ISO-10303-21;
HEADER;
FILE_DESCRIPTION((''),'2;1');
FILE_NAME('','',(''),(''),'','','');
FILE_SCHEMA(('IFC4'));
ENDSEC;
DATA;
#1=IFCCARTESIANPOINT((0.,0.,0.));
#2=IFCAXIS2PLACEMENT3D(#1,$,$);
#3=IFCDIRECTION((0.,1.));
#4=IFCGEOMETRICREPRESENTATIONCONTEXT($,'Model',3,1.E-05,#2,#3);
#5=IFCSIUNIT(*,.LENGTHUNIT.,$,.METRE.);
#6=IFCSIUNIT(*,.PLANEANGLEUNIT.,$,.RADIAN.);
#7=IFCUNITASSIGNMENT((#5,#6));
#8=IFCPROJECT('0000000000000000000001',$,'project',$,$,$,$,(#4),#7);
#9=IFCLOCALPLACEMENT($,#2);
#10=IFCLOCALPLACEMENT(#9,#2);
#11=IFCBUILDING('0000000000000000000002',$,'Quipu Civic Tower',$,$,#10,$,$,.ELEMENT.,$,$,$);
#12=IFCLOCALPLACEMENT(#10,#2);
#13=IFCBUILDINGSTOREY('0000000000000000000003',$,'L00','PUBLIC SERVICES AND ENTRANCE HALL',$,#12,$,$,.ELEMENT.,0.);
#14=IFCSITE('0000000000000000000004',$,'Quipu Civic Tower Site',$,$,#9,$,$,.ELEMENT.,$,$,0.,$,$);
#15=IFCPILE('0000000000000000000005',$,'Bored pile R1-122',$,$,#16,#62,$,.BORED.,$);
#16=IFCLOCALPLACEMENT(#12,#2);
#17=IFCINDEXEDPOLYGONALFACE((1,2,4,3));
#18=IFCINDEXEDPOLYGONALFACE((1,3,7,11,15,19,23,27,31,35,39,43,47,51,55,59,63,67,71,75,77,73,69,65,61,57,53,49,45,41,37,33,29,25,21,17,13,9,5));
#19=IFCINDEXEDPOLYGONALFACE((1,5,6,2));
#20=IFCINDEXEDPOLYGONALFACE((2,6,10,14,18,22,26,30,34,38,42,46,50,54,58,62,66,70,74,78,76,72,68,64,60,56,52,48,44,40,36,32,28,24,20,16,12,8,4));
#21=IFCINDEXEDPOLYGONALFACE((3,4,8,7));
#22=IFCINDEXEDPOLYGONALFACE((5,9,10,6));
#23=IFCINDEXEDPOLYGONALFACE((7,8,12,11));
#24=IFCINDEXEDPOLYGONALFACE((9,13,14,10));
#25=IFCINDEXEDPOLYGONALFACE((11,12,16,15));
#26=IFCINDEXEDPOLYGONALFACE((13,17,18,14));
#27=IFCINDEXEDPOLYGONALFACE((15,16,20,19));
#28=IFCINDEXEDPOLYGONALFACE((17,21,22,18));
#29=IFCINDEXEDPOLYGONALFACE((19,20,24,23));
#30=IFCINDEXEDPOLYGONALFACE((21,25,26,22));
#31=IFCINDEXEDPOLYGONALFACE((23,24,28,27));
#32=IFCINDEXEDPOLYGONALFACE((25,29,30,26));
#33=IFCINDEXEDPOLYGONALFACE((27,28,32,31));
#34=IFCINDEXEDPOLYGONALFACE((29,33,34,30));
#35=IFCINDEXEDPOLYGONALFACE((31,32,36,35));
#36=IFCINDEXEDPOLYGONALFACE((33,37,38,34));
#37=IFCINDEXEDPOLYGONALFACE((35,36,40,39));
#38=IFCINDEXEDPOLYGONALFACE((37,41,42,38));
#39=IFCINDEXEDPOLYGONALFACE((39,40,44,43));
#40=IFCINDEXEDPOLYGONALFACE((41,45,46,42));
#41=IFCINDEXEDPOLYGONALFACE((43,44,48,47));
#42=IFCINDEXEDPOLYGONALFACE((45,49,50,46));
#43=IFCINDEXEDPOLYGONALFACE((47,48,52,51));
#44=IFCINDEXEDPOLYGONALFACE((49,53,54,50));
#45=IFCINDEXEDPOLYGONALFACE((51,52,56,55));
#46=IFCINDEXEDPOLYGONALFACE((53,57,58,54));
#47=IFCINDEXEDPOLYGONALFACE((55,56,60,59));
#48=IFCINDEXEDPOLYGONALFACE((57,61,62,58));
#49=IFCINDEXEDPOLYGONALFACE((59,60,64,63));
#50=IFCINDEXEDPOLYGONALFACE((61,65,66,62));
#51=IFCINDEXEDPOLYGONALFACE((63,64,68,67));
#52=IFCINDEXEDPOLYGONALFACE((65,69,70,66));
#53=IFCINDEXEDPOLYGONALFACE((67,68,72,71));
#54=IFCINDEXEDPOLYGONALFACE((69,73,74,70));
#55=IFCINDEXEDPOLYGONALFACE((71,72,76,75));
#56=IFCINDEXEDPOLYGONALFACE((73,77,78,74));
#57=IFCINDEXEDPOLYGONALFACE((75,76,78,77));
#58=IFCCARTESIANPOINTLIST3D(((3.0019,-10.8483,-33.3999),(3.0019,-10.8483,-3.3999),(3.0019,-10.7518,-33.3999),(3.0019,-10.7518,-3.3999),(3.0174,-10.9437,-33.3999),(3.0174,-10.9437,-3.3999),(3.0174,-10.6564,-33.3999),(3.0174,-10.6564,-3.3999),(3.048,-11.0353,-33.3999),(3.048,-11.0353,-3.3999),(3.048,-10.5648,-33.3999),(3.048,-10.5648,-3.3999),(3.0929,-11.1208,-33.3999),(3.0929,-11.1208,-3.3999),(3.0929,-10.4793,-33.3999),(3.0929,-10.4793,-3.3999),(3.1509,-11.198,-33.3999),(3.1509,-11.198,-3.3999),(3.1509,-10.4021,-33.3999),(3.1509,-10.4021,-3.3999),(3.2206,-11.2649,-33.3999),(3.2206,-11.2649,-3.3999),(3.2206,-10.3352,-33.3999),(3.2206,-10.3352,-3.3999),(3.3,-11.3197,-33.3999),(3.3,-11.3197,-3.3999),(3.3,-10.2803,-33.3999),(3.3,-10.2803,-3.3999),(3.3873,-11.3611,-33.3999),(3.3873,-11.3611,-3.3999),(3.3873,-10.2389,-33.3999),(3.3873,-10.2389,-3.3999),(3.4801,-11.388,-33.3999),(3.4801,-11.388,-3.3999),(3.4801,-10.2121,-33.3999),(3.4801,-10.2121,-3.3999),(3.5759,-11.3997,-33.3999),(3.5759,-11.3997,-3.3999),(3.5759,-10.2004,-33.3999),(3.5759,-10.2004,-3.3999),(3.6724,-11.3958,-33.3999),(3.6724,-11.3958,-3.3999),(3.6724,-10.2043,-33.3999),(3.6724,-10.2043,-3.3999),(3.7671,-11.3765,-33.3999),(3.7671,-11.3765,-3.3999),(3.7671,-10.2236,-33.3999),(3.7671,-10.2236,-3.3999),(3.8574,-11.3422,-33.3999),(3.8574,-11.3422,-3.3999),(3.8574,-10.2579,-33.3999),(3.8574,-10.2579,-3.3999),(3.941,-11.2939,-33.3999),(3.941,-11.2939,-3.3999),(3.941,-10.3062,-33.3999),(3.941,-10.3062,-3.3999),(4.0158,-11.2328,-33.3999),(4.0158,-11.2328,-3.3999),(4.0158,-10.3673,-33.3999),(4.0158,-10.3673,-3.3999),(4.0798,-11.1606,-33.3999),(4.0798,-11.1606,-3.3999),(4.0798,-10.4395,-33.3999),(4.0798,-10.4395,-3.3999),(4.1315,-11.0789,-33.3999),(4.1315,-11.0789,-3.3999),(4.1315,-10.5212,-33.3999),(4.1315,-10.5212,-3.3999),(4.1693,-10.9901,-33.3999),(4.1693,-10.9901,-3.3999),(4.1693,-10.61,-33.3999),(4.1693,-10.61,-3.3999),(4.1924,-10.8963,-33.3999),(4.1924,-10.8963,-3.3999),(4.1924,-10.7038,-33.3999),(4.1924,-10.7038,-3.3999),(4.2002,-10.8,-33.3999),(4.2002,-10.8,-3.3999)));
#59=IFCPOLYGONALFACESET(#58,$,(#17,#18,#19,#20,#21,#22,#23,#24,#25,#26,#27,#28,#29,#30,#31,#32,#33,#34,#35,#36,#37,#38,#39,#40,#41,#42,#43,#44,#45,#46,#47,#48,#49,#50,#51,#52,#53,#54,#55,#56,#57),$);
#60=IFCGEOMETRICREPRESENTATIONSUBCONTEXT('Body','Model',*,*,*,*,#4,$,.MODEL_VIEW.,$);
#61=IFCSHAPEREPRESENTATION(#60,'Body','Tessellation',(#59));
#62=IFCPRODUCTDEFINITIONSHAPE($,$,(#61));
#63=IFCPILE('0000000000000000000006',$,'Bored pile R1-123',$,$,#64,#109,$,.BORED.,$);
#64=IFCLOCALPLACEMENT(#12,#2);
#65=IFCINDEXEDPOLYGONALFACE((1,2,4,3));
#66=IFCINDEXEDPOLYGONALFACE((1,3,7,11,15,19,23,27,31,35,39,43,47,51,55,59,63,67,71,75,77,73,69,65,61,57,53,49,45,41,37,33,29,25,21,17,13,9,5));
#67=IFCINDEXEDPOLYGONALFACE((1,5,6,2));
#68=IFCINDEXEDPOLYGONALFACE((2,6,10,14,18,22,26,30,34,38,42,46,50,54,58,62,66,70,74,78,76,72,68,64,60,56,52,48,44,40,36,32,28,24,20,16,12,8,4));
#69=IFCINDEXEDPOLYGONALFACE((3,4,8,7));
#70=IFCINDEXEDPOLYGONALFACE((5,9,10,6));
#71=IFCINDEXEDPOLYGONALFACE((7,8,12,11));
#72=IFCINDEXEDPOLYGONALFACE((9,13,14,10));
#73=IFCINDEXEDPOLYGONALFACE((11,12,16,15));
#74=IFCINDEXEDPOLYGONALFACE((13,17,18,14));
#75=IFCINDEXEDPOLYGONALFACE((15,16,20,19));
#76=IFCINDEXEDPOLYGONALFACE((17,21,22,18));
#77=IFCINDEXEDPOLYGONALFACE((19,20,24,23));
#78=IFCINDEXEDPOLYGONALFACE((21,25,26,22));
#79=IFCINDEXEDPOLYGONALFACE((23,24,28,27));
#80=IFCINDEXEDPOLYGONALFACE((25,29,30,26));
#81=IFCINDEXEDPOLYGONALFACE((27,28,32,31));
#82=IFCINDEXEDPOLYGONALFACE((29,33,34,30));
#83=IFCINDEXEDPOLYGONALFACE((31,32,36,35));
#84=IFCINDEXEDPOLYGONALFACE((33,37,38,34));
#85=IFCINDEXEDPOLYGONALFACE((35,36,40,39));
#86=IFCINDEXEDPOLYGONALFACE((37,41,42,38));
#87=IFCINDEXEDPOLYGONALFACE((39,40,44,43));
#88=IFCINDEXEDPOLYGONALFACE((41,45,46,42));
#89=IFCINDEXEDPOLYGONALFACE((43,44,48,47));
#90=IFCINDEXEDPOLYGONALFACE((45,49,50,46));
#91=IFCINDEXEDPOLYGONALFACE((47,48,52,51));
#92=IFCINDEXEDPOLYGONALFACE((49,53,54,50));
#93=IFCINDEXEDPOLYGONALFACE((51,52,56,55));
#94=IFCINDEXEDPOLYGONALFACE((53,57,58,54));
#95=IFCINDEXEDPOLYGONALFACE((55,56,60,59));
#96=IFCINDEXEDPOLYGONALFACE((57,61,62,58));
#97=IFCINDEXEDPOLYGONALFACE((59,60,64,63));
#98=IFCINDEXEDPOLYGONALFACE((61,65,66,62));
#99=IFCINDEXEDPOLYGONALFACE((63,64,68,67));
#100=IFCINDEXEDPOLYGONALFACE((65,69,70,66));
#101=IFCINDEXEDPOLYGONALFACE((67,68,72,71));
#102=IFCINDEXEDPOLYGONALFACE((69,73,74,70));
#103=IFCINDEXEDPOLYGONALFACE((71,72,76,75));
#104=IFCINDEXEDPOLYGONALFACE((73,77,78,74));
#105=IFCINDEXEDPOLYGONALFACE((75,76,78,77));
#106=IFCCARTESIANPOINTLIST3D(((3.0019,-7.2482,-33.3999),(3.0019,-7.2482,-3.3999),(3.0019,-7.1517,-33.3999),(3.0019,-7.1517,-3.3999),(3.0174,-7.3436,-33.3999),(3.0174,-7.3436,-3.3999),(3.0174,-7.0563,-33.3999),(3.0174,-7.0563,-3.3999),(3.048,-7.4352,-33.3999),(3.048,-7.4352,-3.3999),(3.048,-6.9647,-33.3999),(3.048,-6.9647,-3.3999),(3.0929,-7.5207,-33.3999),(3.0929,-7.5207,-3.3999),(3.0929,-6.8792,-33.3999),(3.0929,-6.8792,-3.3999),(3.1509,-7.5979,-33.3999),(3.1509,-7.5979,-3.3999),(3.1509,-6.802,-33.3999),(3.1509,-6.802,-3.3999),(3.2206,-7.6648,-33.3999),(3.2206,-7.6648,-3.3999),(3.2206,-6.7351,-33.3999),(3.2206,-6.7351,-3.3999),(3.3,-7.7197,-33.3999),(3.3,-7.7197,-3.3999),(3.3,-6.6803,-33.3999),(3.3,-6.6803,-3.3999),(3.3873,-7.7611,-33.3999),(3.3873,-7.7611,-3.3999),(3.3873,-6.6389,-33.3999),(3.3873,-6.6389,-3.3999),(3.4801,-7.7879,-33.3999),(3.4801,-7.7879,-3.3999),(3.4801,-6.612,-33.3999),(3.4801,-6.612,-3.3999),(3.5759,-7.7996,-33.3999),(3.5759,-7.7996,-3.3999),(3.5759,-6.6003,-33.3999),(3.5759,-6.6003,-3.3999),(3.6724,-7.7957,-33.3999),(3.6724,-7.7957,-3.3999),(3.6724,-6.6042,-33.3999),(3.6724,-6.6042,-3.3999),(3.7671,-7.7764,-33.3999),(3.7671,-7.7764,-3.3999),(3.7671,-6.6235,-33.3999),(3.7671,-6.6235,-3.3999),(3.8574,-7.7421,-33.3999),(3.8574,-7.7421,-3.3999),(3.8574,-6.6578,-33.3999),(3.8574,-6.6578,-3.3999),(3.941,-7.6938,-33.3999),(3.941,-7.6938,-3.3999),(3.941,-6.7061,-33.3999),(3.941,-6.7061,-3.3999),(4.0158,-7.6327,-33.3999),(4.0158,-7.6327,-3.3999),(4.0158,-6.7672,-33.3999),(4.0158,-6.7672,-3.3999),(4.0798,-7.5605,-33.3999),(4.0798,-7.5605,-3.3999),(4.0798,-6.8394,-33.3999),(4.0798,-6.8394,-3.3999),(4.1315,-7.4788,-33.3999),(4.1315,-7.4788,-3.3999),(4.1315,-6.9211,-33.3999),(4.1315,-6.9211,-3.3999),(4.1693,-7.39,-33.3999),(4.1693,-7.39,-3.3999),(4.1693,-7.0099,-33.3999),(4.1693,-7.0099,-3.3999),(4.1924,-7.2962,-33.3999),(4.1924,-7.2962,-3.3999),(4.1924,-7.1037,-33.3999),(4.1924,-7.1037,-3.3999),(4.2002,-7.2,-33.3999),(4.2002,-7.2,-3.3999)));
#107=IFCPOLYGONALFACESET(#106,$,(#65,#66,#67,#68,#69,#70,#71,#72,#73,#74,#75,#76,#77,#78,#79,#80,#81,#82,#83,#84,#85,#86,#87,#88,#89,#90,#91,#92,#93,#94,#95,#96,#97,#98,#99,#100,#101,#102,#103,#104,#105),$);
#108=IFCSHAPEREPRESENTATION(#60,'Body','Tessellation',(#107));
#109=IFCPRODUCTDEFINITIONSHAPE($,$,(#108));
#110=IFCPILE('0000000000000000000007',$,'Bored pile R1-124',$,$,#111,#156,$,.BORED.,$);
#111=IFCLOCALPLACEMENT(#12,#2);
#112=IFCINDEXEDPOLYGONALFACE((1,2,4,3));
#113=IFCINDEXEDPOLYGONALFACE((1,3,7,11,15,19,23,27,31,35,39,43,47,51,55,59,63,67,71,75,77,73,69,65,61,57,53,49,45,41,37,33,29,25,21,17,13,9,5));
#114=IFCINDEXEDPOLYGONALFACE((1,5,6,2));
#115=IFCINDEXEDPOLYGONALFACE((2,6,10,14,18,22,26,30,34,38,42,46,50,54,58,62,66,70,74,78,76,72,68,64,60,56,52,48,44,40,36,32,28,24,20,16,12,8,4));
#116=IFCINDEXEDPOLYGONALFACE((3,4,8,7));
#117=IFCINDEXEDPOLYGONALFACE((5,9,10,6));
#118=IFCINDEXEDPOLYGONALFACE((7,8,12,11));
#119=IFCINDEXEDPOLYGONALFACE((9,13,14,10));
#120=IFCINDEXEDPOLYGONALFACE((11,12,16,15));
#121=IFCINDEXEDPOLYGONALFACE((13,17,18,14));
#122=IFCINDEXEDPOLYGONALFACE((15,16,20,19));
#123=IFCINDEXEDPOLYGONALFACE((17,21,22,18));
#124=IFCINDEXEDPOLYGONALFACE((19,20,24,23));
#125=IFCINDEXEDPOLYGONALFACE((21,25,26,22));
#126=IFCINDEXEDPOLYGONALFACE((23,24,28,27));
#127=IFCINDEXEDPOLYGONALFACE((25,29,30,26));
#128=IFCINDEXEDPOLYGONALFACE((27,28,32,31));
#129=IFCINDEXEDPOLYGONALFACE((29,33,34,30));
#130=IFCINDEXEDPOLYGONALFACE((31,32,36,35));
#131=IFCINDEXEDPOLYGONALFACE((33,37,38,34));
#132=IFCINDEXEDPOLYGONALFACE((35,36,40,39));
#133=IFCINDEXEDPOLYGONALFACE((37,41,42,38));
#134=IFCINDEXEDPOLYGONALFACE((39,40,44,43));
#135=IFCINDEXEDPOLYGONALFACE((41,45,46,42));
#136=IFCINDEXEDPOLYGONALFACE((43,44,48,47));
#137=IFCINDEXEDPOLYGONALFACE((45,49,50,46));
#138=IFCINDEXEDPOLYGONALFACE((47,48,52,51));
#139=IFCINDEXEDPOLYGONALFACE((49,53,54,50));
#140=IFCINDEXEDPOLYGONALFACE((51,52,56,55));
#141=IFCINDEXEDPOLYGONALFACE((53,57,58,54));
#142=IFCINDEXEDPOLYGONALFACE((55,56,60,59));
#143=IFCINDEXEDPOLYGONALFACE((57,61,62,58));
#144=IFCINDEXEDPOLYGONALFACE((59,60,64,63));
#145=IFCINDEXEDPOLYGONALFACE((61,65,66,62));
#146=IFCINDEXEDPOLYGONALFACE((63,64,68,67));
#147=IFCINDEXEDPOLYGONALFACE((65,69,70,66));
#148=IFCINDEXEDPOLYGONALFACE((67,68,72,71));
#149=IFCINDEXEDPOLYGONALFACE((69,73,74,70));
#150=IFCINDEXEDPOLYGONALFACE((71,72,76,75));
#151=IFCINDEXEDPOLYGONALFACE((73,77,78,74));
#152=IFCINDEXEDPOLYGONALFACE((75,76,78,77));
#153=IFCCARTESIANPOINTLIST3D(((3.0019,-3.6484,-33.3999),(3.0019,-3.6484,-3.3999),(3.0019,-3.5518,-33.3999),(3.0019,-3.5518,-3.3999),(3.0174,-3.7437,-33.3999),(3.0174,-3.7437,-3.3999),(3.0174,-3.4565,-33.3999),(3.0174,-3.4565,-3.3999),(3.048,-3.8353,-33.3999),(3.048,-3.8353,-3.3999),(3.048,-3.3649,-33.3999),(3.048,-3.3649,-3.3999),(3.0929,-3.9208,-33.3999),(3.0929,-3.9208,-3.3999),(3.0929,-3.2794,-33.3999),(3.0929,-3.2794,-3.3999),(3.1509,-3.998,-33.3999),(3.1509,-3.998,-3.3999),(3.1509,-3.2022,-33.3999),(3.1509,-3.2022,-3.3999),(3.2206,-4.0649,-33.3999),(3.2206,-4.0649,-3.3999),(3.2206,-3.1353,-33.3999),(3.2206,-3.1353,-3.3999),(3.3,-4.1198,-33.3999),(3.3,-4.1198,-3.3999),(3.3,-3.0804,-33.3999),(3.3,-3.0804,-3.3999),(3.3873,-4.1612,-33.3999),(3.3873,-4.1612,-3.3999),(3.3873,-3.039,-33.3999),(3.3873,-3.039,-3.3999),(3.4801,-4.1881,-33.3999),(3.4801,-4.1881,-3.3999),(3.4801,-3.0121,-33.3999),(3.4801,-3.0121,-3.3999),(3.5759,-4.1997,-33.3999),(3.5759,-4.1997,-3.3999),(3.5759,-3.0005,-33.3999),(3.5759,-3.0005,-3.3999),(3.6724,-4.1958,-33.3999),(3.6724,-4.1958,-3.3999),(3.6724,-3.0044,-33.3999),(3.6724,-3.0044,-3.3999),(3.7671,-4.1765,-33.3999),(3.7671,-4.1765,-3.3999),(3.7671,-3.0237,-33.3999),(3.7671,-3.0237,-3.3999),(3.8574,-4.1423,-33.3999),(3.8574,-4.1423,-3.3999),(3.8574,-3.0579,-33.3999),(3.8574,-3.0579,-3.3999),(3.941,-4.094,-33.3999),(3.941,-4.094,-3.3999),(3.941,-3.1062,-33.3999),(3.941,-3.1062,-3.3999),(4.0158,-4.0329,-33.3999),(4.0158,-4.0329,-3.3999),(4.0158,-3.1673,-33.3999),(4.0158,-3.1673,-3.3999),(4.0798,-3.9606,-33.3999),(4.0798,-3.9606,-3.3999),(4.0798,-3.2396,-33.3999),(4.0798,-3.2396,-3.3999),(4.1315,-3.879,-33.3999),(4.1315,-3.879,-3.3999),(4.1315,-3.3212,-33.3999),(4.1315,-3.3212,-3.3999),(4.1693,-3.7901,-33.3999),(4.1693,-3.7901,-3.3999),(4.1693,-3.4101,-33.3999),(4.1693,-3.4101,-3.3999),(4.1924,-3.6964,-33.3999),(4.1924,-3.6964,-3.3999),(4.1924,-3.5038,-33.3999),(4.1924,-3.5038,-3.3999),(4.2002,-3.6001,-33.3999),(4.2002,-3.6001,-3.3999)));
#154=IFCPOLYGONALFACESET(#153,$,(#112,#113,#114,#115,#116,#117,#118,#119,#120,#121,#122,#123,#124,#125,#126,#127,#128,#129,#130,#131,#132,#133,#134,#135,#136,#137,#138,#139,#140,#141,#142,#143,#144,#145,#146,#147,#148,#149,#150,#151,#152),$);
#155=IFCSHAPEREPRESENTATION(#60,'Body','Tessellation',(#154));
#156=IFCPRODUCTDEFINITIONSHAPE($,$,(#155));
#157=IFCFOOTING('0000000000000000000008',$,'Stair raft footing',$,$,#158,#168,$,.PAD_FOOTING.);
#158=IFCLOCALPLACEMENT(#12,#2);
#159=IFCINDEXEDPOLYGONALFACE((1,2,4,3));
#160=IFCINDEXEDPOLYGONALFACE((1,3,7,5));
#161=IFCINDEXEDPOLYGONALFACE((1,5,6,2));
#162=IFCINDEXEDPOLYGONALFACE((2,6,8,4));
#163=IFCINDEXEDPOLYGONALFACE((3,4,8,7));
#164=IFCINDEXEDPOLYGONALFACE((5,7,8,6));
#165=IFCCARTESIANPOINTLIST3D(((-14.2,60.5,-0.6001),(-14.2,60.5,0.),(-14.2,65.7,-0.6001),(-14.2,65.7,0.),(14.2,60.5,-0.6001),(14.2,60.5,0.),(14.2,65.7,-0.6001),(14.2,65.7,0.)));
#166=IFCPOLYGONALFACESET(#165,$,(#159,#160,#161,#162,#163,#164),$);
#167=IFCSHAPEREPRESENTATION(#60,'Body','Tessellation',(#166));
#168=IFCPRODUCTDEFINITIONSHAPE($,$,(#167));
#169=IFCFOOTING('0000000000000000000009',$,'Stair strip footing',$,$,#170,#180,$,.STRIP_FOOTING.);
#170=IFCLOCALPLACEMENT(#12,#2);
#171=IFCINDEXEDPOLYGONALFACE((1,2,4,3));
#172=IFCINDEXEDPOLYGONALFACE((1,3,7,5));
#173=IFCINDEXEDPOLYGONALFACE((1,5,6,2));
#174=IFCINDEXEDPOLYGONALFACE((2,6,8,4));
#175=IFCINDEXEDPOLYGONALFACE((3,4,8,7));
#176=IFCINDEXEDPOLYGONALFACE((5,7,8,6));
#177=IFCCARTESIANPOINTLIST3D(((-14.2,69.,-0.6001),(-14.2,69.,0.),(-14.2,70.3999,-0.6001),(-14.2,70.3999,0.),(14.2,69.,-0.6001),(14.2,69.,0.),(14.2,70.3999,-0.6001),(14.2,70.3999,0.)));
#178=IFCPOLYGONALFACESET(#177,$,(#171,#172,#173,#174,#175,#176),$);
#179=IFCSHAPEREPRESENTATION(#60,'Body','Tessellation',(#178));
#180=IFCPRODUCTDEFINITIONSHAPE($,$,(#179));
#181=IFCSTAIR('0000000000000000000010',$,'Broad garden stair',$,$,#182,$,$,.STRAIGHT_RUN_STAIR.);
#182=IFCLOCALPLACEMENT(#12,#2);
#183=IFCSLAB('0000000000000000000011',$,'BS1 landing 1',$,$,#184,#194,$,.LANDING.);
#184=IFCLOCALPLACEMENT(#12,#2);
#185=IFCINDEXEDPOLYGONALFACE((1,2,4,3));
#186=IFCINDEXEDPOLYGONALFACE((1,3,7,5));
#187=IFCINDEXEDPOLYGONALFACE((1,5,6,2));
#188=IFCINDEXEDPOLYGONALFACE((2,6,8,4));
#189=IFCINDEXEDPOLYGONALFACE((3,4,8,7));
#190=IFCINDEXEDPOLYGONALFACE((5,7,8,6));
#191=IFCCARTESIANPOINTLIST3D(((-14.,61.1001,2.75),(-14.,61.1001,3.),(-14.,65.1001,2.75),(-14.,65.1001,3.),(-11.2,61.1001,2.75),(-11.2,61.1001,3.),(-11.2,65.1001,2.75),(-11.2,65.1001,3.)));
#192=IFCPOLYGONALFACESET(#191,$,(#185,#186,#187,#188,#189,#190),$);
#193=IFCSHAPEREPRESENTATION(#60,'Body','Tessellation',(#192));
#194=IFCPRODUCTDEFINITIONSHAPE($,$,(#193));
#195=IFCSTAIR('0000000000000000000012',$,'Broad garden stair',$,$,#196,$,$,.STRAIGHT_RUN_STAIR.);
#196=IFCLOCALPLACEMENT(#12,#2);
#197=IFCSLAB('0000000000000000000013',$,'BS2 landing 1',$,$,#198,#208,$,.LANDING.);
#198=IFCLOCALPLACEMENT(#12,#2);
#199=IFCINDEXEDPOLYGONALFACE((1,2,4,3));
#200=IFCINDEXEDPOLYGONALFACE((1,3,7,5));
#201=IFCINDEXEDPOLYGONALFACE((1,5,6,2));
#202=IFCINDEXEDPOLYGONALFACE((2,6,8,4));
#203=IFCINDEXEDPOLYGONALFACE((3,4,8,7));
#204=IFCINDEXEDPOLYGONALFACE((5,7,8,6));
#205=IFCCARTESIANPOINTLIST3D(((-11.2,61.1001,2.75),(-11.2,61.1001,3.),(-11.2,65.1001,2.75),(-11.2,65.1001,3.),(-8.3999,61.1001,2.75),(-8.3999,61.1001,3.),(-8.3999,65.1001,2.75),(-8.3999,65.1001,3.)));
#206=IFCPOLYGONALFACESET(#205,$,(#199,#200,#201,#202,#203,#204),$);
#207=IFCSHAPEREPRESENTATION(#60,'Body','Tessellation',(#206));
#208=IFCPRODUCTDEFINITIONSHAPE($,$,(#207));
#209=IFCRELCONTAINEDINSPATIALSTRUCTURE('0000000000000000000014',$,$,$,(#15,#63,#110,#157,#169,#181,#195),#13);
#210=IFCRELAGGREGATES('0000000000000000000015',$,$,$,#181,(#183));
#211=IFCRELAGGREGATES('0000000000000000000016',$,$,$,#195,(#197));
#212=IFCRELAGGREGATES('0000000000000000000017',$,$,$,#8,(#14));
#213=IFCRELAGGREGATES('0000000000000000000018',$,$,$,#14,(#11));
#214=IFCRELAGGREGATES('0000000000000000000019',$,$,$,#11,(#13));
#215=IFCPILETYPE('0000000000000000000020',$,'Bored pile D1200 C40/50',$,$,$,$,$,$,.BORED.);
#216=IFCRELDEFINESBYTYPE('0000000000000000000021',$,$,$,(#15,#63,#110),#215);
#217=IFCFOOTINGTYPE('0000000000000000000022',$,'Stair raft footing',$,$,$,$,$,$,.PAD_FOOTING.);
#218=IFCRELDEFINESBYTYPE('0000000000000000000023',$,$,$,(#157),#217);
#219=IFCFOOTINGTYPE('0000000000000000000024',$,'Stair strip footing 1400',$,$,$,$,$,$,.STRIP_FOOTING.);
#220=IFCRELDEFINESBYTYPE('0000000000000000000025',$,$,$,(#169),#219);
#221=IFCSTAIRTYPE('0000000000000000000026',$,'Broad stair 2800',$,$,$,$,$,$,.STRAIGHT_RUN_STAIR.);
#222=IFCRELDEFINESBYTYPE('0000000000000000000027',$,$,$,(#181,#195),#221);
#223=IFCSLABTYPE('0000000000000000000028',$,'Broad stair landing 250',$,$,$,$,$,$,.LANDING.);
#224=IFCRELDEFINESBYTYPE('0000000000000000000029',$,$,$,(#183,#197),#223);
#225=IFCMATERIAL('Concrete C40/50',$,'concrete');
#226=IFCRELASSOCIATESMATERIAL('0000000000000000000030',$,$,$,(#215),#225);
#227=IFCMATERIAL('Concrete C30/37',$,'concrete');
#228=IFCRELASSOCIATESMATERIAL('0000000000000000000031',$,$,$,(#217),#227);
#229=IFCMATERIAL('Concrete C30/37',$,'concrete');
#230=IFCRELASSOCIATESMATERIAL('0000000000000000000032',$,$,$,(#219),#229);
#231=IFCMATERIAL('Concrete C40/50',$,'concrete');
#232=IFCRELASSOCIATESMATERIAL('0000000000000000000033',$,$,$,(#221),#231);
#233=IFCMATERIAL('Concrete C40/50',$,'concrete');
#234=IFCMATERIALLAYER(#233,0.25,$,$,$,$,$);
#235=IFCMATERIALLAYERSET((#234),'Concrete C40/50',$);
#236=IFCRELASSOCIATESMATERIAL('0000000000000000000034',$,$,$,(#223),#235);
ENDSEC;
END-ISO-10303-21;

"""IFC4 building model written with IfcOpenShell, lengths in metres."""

from ifc_helpers import new_model, si_unit, direction, frame, origin, origin_2d, place, context, subcontext, project, spatial, polyline, circle, outline, extrude, material, layer, layer_set, material_profile, profile_set, type_object, element, aggregate, save


model = new_model("IFC4")

# Units and contexts
model_context = context("Model", 3, precision=1e-05, world=origin(), true_north=direction((0.0, 1.0)))
body_context = subcontext(model_context, "Body", "Model", "MODEL_VIEW")
ifc_project = project(units=[si_unit("LENGTHUNIT", "METRE"), si_unit("PLANEANGLEUNIT", "RADIAN")], contexts=[model_context])

# Site, building, storey
site_placement = place(None, origin())
site = spatial("IfcSite", under=ifc_project, at=site_placement, Name="Quipu Civic Tower Site", CompositionType="ELEMENT", RefElevation=0.0)
building_placement = place(site_placement, origin())
building = spatial("IfcBuilding", under=site, at=building_placement, Name="Quipu Civic Tower", CompositionType="ELEMENT")
storey_placement = place(building_placement, origin())
storey = spatial("IfcBuildingStorey", under=building, at=storey_placement, Name="L00", Description="PUBLIC SERVICES AND ENTRANCE HALL", CompositionType="ELEMENT", Elevation=0.0)

# Piles
ifc_material_1 = material(Name="Concrete C40/50", Category="concrete")
ifc_material_profile = material_profile(ifc_material_1, circle(Radius=0.6001, at=origin_2d()), Name="RCD1200")
ifc_profile_set = profile_set([ifc_material_profile], Name="Concrete C40/50")
pile_type = type_object("IfcPileType", Name="Bored pile D1200 C40/50", PredefinedType="BORED", material=ifc_profile_set)
for number, where, z_axis, x_axis, name in (
    (1, (3.6001, -10.8, -3.3999), (0.0, 0.0, -1.0), (1.0, 0.0, 0.0), "Bored pile R1-122"),
    (2, (3.6001, -7.2, -3.3999), (0.0, 0.0, -1.0), (1.0, 0.0, 0.0), "Bored pile R1-123"),
    (3, (3.6001, -3.6001, -3.3999), (0.0, 0.0, -1.0), (1.0, 0.0, 0.0), "Bored pile R1-124"),
):
    element("IfcPile", number, at=place(storey_placement, frame(where, z_axis=z_axis, x_axis=x_axis)), inside=storey, type_object=pile_type, Name=name, PredefinedType="BORED", context=body_context, shape_type="SweptSolid", body=[
        extrude(circle(Radius=0.6001, at=origin_2d()), origin(), (0.0, 0.0, 1.0), 30.0),
    ])

# Footings
ifc_material_2 = material(Name="Concrete C30/37", Category="concrete")
footing_type_1 = type_object("IfcFootingType", Name="Stair raft footing", PredefinedType="PAD_FOOTING", material=ifc_material_2)
footing_1_placement = place(storey_placement, frame((0.0, 0.0, -0.6001)))
element("IfcFooting", 4, at=footing_1_placement, inside=storey, type_object=footing_type_1, Name="Stair raft footing", PredefinedType="PAD_FOOTING", context=body_context, shape_type="SweptSolid", body=[
    extrude(outline(polyline([(-14.2, 60.5), (14.2, 60.5), (14.2, 65.7), (-14.2, 65.7), (-14.2, 60.5)])), origin(), (0.0, 0.0, 1.0), 0.6001),
])
ifc_material_3 = material(Name="Concrete C30/37", Category="concrete")
footing_type_2 = type_object("IfcFootingType", Name="Stair strip footing 1400", PredefinedType="STRIP_FOOTING", material=ifc_material_3)
footing_2_placement = place(storey_placement, frame((0.0, 0.0, -0.6001)))
element("IfcFooting", 5, at=footing_2_placement, inside=storey, type_object=footing_type_2, Name="Stair strip footing", PredefinedType="STRIP_FOOTING", context=body_context, shape_type="SweptSolid", body=[
    extrude(outline(polyline([(-14.2, 69.0), (14.2, 69.0), (14.2, 70.3999), (-14.2, 70.3999), (-14.2, 69.0)])), origin(), (0.0, 0.0, 1.0), 0.6001),
])

# Stairs, slabs
ifc_material_4 = material(Name="Concrete C40/50", Category="concrete")
stair_type_1 = type_object("IfcStairType", Name="Broad stair 2800", PredefinedType="STRAIGHT_RUN_STAIR", material=ifc_material_4)
stair_1_placement = place(storey_placement, origin())
stair_1 = element("IfcStair", 6, at=stair_1_placement, inside=storey, type_object=stair_type_1, Name="Broad garden stair", PredefinedType="STRAIGHT_RUN_STAIR")
ifc_material_5 = material(Name="Concrete C40/50", Category="concrete")
ifc_layer_1 = layer(ifc_material_5, 0.25)
ifc_layer_set_1 = layer_set([ifc_layer_1], Name="Concrete C40/50")
slab_type_1 = type_object("IfcSlabType", Name="Broad stair landing 250", PredefinedType="LANDING", material=ifc_layer_set_1)
slab_1_placement = place(storey_placement, frame((0.0, 0.0, 2.75)))
slab_1 = element("IfcSlab", 7, at=slab_1_placement, type_object=slab_type_1, Name="BS1 landing 1", PredefinedType="LANDING", context=body_context, shape_type="SweptSolid", body=[
    extrude(outline(polyline([(-14.0, 61.1001), (-11.2, 61.1001), (-11.2, 65.1001), (-14.0, 65.1001), (-14.0, 61.1001)])), origin(), (0.0, 0.0, 1.0), 0.25),
])
aggregate(stair_1, [slab_1])
stair_2_placement = place(storey_placement, origin())
stair_2 = element("IfcStair", 8, at=stair_2_placement, inside=storey, type_object=stair_type_1, Name="Broad garden stair", PredefinedType="STRAIGHT_RUN_STAIR")
slab_2_placement = place(storey_placement, frame((0.0, 0.0, 2.75)))
slab_2 = element("IfcSlab", 9, at=slab_2_placement, type_object=slab_type_1, Name="BS2 landing 1", PredefinedType="LANDING", context=body_context, shape_type="SweptSolid", body=[
    extrude(outline(polyline([(-11.2, 61.1001), (-8.3999, 61.1001), (-8.3999, 65.1001), (-11.2, 65.1001), (-11.2, 61.1001)])), origin(), (0.0, 0.0, 1.0), 0.25),
])
aggregate(stair_2, [slab_2])

save(model, "model.ifc")
